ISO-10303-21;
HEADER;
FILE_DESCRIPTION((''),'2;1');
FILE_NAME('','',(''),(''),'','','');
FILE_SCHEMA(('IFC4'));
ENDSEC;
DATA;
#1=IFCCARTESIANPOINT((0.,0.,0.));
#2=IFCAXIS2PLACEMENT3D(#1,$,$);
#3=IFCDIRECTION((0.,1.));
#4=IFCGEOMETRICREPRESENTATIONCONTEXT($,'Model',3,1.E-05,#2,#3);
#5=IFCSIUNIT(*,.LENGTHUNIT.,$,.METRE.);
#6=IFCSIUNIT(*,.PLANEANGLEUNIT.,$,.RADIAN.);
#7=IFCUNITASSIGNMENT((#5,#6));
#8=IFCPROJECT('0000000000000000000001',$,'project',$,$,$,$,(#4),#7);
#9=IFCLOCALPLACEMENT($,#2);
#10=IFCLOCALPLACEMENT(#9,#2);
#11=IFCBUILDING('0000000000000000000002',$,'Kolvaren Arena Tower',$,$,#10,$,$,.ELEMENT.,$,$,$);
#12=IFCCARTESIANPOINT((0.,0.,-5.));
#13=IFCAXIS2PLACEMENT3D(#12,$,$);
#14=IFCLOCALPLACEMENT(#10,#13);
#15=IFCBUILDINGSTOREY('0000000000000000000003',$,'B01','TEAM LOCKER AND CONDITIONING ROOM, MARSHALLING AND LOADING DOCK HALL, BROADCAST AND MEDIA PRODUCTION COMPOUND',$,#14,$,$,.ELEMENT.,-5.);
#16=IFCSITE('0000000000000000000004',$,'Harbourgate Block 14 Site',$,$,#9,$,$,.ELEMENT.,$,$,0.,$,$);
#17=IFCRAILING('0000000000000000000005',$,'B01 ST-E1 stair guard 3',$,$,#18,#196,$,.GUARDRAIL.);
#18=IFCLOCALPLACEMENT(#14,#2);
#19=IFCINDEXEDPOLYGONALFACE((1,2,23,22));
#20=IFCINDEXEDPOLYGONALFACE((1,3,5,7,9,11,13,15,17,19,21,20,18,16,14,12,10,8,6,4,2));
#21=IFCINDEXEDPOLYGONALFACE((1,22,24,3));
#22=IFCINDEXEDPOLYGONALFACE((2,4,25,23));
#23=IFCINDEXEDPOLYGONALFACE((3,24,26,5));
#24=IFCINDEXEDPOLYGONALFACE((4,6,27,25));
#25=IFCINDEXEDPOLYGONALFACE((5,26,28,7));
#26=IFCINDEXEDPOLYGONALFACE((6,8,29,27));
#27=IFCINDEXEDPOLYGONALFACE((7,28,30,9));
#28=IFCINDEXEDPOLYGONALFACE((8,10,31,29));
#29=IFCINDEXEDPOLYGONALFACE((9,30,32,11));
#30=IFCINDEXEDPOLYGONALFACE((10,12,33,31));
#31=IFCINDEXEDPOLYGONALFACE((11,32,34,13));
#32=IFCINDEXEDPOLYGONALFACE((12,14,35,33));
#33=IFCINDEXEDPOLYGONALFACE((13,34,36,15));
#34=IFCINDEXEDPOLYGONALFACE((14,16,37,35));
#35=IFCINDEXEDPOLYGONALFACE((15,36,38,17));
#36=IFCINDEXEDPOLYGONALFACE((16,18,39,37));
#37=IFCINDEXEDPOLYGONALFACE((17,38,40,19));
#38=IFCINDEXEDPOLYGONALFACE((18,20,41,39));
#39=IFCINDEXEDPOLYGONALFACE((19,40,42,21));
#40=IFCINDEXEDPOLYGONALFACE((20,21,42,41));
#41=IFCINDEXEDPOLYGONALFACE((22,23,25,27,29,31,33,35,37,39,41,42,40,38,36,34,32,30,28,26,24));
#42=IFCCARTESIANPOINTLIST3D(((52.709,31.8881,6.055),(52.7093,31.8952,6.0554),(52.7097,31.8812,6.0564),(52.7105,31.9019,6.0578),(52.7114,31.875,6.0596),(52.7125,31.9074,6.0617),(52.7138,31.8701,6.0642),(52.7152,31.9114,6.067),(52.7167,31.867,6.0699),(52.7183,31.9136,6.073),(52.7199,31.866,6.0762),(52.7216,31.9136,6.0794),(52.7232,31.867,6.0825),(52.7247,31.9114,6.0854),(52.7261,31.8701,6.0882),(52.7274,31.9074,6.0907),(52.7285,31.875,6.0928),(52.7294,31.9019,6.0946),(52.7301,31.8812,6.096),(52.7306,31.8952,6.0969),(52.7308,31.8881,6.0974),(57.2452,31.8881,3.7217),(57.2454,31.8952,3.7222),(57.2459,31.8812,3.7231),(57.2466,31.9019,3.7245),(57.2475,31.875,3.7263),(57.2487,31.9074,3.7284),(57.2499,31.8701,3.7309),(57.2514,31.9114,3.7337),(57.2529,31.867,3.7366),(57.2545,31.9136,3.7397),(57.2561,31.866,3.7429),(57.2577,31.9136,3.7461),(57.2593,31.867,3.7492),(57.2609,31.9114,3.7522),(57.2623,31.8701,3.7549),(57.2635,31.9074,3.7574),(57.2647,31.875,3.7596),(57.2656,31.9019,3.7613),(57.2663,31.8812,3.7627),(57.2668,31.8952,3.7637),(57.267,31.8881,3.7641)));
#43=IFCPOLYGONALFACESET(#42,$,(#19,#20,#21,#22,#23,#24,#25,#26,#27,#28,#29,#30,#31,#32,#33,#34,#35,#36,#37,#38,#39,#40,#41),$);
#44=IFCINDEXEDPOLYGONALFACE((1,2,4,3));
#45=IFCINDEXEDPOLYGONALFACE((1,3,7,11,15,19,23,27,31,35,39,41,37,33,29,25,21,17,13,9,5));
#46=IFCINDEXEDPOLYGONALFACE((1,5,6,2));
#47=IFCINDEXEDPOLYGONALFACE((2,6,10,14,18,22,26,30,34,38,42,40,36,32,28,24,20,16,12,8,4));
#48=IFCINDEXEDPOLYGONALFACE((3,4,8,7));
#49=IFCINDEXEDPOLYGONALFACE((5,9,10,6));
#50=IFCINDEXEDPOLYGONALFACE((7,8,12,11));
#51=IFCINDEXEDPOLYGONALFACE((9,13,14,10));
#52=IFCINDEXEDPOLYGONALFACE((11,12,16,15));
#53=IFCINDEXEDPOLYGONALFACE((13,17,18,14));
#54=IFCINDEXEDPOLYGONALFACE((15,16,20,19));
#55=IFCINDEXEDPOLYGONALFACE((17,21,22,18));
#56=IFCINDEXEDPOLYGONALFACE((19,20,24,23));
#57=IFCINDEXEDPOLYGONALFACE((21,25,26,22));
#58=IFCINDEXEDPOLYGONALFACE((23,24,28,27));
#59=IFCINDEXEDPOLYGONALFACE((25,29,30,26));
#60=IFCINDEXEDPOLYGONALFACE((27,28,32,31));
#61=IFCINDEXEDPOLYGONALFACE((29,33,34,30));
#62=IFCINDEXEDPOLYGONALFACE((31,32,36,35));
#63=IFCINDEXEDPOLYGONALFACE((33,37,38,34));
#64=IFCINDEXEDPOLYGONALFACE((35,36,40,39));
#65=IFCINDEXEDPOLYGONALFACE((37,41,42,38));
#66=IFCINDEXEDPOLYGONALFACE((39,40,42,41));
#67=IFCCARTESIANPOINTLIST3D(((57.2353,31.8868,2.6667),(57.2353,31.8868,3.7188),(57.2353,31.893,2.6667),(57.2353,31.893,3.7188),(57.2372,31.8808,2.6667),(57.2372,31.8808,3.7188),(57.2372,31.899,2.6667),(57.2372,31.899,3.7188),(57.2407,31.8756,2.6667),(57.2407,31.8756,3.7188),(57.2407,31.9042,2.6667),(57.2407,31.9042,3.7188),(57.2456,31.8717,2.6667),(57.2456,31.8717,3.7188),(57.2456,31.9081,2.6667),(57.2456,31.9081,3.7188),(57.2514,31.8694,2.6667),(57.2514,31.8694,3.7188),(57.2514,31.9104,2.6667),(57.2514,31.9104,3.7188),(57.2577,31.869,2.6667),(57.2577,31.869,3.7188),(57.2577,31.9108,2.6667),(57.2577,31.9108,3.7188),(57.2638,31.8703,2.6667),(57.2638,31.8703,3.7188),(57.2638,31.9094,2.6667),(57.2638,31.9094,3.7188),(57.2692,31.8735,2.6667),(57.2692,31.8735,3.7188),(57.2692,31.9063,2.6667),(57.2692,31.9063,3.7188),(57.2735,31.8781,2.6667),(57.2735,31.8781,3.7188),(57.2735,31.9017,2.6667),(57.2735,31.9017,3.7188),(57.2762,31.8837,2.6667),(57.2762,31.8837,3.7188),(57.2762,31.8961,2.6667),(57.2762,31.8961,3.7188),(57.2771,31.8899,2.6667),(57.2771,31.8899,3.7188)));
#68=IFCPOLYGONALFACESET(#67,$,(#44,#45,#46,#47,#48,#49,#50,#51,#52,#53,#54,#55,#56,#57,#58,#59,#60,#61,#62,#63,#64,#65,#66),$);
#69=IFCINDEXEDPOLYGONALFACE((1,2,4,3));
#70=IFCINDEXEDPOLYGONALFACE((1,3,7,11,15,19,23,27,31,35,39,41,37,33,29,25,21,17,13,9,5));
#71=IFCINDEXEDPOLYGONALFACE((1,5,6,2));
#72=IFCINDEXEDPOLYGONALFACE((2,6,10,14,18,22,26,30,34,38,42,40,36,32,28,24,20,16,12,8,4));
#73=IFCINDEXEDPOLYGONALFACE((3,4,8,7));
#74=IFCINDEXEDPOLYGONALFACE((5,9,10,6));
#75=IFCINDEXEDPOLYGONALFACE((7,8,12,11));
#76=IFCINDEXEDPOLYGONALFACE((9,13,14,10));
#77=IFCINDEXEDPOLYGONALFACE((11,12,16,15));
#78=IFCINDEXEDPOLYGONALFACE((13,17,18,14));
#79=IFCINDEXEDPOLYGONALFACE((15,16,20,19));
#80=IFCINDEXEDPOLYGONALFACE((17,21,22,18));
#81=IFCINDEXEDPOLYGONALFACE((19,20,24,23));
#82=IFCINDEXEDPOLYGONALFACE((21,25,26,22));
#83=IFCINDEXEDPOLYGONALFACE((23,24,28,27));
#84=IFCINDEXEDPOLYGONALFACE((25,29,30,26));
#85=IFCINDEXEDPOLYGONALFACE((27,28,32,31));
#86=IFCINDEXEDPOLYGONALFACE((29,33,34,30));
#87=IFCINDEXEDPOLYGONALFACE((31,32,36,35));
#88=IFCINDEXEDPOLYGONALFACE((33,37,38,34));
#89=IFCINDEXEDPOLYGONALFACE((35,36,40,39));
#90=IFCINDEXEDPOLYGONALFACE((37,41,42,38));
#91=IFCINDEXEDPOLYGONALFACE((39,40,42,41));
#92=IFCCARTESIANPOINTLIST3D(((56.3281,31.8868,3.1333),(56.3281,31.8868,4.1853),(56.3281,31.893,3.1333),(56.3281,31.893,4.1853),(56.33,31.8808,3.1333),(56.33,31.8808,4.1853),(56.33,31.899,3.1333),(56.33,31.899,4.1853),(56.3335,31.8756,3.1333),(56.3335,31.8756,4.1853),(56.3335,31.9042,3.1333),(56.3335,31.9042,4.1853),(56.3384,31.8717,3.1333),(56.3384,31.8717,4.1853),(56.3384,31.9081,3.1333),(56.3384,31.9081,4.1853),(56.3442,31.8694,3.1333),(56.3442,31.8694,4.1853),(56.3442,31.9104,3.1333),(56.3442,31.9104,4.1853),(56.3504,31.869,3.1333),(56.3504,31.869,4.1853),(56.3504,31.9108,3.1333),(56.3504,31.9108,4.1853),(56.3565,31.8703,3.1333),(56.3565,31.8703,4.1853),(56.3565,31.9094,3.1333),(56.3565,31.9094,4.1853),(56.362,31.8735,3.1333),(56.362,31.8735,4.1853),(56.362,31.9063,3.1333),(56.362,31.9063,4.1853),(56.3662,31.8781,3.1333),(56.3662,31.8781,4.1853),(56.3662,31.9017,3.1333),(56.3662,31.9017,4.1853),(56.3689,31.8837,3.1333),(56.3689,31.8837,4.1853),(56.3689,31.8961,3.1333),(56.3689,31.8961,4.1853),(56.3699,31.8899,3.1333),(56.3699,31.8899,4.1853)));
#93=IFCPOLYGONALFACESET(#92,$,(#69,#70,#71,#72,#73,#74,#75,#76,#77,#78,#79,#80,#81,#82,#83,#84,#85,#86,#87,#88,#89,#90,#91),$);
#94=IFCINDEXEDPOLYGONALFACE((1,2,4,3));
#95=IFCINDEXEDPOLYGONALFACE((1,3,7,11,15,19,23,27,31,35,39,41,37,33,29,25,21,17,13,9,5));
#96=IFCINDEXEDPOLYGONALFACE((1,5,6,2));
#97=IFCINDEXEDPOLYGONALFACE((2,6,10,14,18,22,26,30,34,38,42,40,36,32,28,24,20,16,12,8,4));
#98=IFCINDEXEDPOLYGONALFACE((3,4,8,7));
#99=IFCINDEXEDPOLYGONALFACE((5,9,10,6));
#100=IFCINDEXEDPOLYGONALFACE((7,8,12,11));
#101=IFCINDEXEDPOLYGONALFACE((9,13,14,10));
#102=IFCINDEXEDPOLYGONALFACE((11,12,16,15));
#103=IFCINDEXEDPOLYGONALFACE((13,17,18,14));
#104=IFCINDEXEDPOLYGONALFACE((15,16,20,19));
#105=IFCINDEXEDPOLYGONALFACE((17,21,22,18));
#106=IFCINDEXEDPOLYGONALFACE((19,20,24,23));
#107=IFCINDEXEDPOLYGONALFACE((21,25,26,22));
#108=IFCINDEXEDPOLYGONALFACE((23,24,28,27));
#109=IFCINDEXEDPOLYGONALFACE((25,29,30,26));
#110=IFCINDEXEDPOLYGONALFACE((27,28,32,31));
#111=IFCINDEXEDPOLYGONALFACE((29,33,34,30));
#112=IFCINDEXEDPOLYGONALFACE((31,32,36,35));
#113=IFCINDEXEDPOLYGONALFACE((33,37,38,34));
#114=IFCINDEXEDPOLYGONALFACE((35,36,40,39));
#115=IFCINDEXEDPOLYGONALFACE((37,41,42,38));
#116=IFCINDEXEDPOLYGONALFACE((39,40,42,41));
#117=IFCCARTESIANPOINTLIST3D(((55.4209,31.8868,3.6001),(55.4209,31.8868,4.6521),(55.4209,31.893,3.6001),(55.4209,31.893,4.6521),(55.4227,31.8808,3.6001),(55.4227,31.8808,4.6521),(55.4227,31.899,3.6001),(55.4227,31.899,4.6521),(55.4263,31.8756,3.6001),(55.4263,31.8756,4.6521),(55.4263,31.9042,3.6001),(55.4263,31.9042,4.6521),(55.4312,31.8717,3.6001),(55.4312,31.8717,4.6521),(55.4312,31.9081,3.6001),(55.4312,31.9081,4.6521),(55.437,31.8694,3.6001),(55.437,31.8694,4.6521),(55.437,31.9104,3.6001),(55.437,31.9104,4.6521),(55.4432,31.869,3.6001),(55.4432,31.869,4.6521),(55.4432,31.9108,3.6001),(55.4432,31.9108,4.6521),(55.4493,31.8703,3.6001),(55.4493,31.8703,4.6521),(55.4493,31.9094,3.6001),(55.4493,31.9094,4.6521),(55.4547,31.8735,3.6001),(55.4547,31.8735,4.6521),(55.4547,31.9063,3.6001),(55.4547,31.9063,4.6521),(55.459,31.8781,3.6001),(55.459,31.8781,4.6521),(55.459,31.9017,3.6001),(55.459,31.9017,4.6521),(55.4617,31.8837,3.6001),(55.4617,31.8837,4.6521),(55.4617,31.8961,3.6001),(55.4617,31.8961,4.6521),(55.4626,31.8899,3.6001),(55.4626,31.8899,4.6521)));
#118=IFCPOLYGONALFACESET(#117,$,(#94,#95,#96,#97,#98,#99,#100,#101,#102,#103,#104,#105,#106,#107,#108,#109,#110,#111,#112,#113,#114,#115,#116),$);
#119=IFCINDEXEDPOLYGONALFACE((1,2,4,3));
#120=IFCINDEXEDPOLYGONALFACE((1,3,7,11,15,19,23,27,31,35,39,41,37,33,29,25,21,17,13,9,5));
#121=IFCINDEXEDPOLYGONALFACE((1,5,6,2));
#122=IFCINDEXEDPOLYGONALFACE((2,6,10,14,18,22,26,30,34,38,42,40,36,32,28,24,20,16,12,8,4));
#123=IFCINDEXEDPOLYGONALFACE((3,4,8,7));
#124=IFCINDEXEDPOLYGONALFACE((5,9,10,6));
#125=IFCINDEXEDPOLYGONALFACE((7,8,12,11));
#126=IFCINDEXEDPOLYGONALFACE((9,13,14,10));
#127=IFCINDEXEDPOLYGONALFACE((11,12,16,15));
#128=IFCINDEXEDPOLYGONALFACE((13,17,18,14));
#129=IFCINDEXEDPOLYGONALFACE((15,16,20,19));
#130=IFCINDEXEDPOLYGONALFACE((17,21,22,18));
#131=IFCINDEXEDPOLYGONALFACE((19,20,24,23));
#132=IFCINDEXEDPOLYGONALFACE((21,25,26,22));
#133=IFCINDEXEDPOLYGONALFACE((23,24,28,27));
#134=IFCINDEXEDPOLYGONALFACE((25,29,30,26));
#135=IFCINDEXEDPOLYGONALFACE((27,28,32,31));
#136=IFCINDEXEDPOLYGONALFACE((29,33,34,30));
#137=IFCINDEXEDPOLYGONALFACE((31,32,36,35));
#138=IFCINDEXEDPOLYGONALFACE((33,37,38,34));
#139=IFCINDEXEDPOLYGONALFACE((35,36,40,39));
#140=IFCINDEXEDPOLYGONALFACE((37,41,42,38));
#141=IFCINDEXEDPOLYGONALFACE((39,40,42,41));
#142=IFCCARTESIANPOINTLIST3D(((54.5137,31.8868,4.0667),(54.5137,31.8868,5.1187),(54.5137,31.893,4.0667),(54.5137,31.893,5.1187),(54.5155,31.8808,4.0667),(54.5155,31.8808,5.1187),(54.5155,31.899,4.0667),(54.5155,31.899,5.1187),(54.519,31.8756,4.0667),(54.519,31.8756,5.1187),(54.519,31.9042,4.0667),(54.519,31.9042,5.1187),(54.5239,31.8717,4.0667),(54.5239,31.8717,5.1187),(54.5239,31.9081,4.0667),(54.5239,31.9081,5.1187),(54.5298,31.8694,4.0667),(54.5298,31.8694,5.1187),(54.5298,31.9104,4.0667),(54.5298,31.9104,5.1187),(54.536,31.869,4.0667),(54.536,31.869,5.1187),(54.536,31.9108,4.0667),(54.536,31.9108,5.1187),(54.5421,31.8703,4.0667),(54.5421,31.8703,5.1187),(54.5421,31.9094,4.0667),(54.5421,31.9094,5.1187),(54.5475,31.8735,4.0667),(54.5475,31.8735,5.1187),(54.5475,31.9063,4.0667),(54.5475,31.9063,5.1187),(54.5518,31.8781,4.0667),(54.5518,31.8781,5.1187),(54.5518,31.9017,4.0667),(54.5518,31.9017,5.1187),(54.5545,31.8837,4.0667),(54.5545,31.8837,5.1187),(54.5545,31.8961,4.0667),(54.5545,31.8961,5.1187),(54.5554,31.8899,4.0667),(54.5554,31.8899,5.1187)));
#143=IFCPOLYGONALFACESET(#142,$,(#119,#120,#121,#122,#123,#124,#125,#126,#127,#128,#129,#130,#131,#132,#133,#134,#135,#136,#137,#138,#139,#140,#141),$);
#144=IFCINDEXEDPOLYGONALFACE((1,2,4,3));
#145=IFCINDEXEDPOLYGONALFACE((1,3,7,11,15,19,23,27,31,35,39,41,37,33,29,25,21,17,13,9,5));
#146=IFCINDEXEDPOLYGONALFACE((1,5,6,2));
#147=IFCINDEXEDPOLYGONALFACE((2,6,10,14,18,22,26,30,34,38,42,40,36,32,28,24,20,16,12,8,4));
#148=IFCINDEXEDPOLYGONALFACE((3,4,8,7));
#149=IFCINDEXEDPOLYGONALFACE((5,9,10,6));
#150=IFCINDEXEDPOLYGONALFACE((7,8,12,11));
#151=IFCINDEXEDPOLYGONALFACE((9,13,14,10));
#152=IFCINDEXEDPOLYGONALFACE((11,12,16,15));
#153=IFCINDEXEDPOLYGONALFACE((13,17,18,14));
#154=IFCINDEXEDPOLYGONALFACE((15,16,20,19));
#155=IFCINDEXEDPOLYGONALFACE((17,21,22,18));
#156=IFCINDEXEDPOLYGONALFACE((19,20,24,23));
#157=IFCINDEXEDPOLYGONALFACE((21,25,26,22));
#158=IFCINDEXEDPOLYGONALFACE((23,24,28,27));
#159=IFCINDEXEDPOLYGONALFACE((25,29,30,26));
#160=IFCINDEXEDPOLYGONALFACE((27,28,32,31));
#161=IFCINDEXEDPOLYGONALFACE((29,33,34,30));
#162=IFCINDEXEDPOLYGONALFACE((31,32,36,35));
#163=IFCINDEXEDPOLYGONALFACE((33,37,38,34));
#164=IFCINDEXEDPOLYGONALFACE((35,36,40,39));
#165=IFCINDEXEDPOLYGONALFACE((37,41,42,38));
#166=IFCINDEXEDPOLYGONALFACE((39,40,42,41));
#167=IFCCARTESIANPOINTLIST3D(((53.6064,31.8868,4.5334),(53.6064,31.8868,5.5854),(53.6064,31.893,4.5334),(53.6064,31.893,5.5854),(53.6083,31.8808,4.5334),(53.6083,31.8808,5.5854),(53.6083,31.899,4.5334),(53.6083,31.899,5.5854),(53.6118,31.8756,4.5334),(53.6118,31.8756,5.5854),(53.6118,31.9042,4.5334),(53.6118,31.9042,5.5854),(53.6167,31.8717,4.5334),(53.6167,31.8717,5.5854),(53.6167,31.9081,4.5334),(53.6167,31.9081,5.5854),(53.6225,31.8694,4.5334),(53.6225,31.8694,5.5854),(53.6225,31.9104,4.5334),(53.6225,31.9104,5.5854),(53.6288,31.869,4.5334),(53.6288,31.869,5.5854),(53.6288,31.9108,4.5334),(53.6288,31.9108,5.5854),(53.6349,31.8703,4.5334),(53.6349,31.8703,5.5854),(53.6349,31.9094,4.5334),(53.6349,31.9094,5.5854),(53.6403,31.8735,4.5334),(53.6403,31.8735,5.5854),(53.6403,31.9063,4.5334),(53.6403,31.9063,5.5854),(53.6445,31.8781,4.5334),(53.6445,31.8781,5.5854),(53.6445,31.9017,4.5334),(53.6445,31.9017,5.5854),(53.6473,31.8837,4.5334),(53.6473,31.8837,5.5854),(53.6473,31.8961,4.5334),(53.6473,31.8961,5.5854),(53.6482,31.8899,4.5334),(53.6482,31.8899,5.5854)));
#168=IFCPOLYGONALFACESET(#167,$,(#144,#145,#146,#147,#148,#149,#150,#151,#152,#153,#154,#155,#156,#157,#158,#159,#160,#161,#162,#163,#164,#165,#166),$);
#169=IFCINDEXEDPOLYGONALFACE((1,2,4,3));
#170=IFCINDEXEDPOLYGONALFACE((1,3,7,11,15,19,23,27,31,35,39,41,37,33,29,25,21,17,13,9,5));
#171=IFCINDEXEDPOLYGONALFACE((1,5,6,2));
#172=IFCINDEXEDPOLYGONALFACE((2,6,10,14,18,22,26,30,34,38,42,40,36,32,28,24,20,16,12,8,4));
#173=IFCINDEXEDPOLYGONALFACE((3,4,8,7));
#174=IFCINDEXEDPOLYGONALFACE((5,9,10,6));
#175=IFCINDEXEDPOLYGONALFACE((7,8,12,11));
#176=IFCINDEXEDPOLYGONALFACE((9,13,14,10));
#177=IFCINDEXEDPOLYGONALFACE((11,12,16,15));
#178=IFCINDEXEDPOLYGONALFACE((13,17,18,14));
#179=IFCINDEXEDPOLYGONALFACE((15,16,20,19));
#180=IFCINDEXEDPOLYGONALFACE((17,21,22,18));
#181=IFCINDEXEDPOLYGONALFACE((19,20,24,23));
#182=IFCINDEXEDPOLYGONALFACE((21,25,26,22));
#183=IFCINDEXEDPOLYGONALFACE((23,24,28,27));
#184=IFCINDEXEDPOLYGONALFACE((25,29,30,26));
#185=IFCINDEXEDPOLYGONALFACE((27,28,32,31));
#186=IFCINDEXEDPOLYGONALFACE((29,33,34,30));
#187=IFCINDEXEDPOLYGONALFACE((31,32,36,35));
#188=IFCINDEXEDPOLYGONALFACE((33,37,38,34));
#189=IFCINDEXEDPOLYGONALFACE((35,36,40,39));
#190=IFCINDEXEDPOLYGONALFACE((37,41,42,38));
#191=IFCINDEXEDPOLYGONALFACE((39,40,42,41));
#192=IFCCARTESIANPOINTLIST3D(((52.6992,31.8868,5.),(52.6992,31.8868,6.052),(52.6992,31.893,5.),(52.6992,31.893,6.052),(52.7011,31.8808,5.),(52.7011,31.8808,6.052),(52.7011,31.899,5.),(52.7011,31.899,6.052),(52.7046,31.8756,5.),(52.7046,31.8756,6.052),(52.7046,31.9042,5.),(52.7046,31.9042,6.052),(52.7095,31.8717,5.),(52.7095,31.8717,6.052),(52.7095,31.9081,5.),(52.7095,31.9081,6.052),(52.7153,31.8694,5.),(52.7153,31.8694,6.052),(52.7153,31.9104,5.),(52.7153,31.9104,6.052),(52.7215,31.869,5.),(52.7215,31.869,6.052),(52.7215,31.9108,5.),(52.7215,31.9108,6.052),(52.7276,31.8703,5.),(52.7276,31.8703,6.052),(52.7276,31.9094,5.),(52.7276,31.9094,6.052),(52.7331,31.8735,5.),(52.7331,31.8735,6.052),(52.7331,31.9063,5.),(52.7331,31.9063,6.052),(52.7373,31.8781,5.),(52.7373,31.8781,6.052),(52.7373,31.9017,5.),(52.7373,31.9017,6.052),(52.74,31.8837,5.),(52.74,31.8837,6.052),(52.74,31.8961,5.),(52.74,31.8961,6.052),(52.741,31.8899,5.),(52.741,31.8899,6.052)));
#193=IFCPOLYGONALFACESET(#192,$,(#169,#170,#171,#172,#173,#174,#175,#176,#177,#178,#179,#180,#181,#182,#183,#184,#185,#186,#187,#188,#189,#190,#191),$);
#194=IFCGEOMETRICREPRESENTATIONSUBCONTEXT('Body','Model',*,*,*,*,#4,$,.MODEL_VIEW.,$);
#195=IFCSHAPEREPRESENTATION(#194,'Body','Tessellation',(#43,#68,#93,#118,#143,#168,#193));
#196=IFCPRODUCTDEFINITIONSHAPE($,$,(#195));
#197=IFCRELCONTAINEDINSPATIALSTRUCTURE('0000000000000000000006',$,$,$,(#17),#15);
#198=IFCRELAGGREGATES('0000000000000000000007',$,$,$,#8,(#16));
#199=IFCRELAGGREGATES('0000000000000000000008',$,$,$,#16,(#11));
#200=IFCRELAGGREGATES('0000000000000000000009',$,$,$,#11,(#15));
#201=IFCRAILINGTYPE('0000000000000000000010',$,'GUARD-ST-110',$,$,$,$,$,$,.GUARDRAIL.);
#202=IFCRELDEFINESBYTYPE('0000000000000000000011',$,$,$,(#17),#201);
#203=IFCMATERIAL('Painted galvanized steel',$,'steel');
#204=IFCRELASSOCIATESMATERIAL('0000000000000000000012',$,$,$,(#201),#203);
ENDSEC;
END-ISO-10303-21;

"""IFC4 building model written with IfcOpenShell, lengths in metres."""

from ifc_helpers import new_model, si_unit, direction, frame, origin, origin_2d, place, context, subcontext, project, spatial, circle, extrude, material, type_object, element, save


model = new_model("IFC4")

# Units and contexts
model_context = context("Model", 3, precision=1e-05, world=origin(), true_north=direction((0.0, 1.0)))
body_context = subcontext(model_context, "Body", "Model", "MODEL_VIEW")
ifc_project = project(units=[si_unit("LENGTHUNIT", "METRE"), si_unit("PLANEANGLEUNIT", "RADIAN")], contexts=[model_context])

# Site, building, storey
site_placement = place(None, origin())
site = spatial("IfcSite", under=ifc_project, at=site_placement, Name="Harbourgate Block 14 Site", CompositionType="ELEMENT", RefElevation=0.0)
building_placement = place(site_placement, origin())
building = spatial("IfcBuilding", under=site, at=building_placement, Name="Kolvaren Arena Tower", CompositionType="ELEMENT")
storey_placement = place(building_placement, frame((0.0, 0.0, -5.0)))
storey = spatial("IfcBuildingStorey", under=building, at=storey_placement, Name="B01", Description="TEAM LOCKER AND CONDITIONING ROOM, MARSHALLING AND LOADING DOCK HALL, BROADCAST AND MEDIA PRODUCTION COMPOUND", CompositionType="ELEMENT", Elevation=-5.0)

# Railing
ifc_material_1 = material(Name="Painted galvanized steel", Category="steel")
railing_type_1 = type_object("IfcRailingType", Name="GUARD-ST-110", PredefinedType="GUARDRAIL", material=ifc_material_1)
railing_1_placement = place(storey_placement, frame((57.2561, 31.8899, 2.6667)))
element("IfcRailing", 1, at=railing_1_placement, inside=storey, type_object=railing_type_1, Name="B01 ST-E1 stair guard 3", PredefinedType="GUARDRAIL", context=body_context, shape_type="SweptSolid", body=[
    extrude(circle(Radius=0.0239, at=origin_2d()), frame((0.0, 0.0, 1.0762), z_axis=(-0.889257, 0.0, 0.457407), x_axis=(0.0, -1.0, 0.0)), (0.0, 0.0, 1.0), 5.1011),
    extrude(circle(Radius=0.021, at=origin_2d()), origin(), (0.0, 0.0, 1.0), 1.052),
    extrude(circle(Radius=0.021, at=origin_2d()), frame((-0.9072, 0.0, 0.4666)), (0.0, 0.0, 1.0), 1.052),
    extrude(circle(Radius=0.021, at=origin_2d()), frame((-1.8145, 0.0, 0.9333)), (0.0, 0.0, 1.0), 1.052),
    extrude(circle(Radius=0.021, at=origin_2d()), frame((-2.7217, 0.0, 1.3999)), (0.0, 0.0, 1.0), 1.052),
    extrude(circle(Radius=0.021, at=origin_2d()), frame((-3.6289, 0.0, 1.8667)), (0.0, 0.0, 1.0), 1.052),
    extrude(circle(Radius=0.021, at=origin_2d()), frame((-4.5361, 0.0, 2.3333)), (0.0, 0.0, 1.0), 1.052),
])

save(model, "model.ifc")
